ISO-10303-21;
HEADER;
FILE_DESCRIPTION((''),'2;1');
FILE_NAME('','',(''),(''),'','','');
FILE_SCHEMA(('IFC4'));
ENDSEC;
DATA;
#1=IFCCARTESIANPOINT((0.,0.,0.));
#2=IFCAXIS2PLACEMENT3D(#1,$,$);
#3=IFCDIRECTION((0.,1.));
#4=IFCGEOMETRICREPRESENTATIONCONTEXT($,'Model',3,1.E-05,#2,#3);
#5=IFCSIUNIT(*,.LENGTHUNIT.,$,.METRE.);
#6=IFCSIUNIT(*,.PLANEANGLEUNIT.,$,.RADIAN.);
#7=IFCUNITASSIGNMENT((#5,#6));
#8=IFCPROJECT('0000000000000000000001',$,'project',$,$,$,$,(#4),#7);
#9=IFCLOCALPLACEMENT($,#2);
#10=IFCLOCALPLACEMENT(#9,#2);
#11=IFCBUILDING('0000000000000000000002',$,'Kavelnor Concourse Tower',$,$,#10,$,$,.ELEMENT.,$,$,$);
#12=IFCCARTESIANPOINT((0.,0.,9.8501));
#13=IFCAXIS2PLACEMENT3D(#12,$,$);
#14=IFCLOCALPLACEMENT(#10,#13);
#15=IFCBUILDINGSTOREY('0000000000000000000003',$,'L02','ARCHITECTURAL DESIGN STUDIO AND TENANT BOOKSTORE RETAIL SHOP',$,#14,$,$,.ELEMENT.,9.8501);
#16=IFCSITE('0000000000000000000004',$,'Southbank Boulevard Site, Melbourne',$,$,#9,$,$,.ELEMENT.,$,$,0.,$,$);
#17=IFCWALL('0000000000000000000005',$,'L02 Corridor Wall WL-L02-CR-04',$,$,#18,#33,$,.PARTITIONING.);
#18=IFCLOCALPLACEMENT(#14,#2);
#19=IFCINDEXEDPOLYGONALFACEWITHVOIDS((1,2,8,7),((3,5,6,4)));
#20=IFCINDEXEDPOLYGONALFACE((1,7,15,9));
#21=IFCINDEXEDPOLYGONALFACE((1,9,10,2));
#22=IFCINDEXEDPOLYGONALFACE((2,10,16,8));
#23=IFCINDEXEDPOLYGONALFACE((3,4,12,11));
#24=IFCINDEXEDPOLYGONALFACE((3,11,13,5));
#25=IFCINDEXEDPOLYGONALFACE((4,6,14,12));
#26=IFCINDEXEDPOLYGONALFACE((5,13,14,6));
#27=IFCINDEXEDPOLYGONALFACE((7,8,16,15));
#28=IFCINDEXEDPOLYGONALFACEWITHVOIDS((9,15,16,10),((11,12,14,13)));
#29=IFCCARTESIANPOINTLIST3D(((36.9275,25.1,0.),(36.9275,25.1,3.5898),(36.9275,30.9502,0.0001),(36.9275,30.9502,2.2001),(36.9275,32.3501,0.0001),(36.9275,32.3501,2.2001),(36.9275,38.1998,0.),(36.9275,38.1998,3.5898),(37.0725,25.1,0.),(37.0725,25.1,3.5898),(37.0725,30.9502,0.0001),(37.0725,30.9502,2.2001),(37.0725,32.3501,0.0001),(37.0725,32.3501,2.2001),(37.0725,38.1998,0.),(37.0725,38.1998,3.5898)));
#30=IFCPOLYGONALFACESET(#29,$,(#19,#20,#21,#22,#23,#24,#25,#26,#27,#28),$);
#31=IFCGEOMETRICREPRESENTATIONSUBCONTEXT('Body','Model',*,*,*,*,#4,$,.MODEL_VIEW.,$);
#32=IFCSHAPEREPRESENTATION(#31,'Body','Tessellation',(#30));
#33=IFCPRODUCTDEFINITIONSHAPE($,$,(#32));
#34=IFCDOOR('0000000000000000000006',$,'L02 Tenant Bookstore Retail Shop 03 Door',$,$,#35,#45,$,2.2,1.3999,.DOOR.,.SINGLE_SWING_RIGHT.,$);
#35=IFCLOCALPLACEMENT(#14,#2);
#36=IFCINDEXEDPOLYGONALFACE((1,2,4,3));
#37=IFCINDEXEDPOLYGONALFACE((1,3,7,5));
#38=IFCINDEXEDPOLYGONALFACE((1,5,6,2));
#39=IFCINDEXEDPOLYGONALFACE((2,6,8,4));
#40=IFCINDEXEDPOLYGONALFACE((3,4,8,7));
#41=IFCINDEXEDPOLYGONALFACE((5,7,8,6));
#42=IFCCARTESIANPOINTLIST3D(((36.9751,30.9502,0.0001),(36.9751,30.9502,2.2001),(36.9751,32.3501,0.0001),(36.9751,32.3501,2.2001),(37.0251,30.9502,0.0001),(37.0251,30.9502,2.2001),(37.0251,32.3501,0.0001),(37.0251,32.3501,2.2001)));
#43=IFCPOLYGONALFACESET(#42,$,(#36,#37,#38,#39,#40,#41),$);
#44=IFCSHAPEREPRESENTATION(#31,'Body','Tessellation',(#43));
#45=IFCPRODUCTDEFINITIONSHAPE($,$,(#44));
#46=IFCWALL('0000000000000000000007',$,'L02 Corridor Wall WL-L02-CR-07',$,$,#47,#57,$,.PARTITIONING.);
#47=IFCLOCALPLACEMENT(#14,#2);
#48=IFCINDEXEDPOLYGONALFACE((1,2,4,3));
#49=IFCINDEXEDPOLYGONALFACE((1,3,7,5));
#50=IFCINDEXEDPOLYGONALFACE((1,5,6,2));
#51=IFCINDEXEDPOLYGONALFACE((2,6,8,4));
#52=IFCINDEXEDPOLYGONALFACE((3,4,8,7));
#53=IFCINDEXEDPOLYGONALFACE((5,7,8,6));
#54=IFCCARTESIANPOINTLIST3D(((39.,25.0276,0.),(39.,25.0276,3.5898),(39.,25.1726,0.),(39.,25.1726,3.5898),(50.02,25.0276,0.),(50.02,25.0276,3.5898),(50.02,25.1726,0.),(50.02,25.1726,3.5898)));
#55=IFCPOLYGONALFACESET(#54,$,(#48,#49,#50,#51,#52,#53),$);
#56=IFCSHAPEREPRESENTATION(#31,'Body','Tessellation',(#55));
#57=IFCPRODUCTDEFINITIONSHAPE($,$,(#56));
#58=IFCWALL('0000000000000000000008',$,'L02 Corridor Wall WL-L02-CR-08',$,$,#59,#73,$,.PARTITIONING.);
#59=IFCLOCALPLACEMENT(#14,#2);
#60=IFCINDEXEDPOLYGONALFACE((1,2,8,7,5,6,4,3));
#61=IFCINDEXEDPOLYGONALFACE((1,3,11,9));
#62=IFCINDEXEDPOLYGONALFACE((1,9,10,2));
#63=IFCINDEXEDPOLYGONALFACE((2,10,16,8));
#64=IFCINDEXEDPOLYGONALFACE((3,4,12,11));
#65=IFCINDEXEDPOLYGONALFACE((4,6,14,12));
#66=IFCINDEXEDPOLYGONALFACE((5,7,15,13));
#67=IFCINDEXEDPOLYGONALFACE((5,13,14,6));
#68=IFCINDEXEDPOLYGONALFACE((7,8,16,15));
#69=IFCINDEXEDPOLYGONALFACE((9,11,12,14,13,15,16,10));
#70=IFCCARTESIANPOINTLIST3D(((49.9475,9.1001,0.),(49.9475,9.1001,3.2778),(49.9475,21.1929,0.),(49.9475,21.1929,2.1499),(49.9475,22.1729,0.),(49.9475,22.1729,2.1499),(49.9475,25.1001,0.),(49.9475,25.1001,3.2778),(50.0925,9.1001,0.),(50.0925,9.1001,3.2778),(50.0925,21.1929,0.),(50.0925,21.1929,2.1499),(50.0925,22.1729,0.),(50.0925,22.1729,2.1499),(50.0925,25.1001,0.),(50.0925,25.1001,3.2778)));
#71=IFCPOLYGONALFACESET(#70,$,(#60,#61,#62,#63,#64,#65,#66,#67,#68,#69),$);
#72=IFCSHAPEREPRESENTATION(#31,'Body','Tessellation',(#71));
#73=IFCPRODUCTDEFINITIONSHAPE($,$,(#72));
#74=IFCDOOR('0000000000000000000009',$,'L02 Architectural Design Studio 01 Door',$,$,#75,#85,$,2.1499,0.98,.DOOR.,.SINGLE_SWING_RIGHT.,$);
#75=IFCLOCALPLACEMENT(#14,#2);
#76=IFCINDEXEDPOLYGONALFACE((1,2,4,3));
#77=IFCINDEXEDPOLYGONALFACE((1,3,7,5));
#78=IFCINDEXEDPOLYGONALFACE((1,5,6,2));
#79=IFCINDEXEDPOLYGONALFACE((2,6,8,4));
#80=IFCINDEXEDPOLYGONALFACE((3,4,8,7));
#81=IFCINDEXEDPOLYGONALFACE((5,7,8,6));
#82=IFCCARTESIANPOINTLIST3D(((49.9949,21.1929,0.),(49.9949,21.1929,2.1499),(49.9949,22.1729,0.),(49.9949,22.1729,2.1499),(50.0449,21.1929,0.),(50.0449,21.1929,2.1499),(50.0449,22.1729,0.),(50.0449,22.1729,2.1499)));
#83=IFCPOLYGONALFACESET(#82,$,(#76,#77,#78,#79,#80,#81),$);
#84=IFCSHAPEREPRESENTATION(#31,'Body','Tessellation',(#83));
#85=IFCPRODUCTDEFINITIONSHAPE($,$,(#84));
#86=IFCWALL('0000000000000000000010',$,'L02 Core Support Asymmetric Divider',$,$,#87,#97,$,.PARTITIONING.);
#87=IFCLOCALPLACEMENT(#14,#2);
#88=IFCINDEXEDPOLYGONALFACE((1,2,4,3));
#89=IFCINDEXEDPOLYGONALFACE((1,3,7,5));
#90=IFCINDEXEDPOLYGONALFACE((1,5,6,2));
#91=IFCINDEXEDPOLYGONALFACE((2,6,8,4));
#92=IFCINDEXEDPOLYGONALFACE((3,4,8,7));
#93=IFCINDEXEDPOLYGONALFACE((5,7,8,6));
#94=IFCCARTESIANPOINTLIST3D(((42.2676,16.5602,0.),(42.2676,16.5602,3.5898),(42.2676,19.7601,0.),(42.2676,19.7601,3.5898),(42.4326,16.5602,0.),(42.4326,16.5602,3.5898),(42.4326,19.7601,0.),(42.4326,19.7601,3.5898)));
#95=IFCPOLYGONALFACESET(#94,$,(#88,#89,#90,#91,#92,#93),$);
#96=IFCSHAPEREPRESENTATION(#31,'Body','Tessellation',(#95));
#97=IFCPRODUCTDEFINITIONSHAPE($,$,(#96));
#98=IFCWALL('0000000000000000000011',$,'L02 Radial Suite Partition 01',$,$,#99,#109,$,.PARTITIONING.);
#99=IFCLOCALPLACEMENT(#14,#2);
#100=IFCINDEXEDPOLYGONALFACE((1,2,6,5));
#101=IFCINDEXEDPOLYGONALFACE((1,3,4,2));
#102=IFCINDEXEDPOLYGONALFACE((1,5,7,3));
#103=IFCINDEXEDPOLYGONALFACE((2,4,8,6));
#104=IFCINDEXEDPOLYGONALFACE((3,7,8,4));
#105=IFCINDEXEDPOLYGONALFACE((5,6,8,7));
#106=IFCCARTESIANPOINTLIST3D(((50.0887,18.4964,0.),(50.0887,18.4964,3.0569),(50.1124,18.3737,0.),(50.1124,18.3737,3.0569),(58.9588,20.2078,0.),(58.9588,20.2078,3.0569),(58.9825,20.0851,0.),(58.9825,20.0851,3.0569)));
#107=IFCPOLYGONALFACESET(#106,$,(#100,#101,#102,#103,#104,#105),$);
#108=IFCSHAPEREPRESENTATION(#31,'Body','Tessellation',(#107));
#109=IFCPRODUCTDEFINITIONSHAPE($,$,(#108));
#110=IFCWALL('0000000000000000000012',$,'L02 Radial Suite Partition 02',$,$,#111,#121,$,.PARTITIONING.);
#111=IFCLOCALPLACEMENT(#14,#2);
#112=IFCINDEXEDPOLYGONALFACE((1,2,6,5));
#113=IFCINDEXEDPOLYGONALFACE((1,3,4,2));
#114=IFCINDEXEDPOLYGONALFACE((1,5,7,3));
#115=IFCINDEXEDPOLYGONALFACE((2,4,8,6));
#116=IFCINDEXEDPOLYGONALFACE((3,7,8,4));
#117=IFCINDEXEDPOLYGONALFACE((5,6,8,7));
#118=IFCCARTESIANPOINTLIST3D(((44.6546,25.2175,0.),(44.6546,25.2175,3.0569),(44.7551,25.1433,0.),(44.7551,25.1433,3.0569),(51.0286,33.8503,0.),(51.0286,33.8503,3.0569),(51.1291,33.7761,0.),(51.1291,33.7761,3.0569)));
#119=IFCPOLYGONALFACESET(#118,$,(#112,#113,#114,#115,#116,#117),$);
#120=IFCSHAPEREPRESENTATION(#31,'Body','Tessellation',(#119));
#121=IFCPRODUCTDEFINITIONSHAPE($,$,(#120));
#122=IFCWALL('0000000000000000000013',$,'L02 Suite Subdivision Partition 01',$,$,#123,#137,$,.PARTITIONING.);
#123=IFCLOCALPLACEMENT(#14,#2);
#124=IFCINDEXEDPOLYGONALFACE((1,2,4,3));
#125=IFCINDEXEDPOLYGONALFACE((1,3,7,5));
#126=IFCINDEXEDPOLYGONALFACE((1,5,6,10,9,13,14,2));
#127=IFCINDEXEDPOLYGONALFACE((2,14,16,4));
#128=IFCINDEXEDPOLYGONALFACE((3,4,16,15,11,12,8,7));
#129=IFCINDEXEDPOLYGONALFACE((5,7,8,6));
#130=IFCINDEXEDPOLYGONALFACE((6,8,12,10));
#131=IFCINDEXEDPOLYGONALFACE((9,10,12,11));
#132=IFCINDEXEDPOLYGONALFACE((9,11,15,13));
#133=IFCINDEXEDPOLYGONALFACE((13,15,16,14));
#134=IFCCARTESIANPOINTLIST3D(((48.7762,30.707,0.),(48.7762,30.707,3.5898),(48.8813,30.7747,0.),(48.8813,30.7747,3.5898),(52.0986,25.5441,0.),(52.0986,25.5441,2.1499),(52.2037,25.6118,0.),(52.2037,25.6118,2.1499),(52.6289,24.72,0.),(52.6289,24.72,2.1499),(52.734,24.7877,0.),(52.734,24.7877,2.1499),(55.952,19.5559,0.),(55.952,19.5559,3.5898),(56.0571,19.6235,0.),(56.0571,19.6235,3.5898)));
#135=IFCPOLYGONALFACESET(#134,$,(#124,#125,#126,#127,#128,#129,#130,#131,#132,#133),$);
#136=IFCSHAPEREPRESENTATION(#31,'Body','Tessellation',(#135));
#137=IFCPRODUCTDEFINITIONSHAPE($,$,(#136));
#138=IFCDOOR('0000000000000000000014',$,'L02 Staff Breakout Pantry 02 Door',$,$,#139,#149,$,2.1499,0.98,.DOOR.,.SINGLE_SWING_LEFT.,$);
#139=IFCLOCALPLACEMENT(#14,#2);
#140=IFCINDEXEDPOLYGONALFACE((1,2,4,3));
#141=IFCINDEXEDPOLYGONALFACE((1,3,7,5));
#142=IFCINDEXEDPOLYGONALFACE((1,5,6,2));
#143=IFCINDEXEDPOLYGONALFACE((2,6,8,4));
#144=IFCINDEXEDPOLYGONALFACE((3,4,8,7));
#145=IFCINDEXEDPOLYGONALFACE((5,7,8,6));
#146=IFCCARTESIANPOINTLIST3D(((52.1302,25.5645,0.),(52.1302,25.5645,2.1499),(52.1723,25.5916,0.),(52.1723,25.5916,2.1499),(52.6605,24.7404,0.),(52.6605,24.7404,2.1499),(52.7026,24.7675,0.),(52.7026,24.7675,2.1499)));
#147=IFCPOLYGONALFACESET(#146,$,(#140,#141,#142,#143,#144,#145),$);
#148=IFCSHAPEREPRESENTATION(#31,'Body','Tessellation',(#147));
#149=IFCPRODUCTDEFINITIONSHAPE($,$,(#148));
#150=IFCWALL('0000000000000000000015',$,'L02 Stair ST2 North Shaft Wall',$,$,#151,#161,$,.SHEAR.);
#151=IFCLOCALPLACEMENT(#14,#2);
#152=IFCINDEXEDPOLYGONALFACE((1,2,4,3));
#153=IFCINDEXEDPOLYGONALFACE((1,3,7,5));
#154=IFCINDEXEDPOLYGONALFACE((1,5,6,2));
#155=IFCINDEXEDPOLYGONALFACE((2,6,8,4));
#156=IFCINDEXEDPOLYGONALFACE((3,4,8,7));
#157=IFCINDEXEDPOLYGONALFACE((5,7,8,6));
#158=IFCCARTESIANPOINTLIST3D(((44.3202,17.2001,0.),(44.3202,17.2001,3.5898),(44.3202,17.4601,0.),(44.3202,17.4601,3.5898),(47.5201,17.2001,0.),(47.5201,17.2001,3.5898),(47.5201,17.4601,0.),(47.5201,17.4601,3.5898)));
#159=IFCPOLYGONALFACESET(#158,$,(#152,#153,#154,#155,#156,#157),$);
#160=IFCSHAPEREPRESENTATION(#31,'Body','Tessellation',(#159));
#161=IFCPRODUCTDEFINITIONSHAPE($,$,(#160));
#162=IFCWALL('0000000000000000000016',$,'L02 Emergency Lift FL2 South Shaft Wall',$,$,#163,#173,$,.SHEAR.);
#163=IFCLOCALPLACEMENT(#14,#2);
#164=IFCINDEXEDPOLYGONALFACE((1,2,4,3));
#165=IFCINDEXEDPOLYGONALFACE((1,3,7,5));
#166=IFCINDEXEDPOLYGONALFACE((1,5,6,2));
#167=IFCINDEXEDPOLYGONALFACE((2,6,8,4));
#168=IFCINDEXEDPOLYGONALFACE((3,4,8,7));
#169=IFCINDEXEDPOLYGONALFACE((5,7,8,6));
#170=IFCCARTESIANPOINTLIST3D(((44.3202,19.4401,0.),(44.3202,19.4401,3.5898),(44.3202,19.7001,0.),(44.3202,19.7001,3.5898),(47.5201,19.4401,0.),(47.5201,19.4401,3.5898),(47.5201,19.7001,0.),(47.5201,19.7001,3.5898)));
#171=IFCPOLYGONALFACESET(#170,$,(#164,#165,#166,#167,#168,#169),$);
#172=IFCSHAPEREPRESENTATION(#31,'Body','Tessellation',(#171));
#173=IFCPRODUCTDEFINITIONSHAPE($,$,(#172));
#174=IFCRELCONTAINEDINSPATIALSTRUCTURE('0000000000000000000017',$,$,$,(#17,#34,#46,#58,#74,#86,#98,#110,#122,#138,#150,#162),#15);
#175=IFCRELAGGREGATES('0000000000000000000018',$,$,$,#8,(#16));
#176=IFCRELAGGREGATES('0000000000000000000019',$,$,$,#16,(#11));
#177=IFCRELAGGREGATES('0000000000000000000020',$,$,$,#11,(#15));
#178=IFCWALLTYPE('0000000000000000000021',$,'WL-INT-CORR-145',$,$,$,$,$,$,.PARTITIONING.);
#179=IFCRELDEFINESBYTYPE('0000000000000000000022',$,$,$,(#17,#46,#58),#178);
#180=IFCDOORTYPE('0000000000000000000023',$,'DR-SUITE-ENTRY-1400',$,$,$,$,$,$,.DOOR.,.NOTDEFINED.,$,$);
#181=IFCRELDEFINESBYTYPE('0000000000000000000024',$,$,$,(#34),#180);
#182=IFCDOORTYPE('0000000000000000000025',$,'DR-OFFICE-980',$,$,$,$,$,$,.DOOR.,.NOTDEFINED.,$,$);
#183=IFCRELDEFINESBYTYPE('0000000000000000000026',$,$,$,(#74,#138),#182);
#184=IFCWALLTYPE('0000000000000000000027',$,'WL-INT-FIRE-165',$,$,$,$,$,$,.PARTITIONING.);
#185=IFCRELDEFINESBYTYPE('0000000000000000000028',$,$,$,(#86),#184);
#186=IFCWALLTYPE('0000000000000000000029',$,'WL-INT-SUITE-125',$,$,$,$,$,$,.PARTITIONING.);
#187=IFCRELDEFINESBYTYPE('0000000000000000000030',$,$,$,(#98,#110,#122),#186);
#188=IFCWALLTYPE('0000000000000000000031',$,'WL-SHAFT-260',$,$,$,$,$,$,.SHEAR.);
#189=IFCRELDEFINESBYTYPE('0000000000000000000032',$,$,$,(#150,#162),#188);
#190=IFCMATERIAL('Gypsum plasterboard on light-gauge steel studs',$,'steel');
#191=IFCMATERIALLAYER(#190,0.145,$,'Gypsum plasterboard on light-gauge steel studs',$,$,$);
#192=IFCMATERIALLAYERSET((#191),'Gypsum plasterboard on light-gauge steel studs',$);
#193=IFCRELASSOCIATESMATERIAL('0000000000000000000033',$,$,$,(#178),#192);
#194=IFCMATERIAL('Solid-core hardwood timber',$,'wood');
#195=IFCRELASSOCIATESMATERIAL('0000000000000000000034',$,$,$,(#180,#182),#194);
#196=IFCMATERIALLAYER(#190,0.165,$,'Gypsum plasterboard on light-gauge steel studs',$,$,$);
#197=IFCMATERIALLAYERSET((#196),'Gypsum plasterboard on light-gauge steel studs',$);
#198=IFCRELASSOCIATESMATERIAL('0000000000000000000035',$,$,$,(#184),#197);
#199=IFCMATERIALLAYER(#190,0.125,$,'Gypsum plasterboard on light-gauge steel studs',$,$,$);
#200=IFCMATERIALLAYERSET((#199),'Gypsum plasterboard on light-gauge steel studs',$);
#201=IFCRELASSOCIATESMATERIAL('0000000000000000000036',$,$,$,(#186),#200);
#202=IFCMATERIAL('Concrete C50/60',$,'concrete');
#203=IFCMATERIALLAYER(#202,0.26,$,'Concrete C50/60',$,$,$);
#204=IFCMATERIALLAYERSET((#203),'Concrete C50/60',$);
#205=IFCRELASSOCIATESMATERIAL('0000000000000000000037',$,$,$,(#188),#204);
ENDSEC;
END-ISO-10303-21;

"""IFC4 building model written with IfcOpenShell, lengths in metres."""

from ifc_helpers import new_model, si_unit, direction, frame, frame_2d, origin, place, context, subcontext, project, spatial, rectangle, extrude, material, layer, layer_set, type_object, element, fill, save


model = new_model("IFC4")

# Units and contexts
model_context = context("Model", 3, precision=1e-05, world=origin(), true_north=direction((0.0, 1.0)))
body_context = subcontext(model_context, "Body", "Model", "MODEL_VIEW")
ifc_project = project(units=[si_unit("LENGTHUNIT", "METRE"), si_unit("PLANEANGLEUNIT", "RADIAN")], contexts=[model_context])

# Site, building, storey
site_placement = place(None, origin())
site = spatial("IfcSite", under=ifc_project, at=site_placement, Name="Southbank Boulevard Site, Melbourne", CompositionType="ELEMENT", RefElevation=0.0)
building_placement = place(site_placement, origin())
building = spatial("IfcBuilding", under=site, at=building_placement, Name="Kavelnor Concourse Tower", CompositionType="ELEMENT")
storey_placement = place(building_placement, frame((0.0, 0.0, 9.8501)))
storey = spatial("IfcBuildingStorey", under=building, at=storey_placement, Name="L02", Description="ARCHITECTURAL DESIGN STUDIO AND TENANT BOOKSTORE RETAIL SHOP", CompositionType="ELEMENT", Elevation=9.8501)

# Wall, opening, door
ifc_material_1 = material(Name="Gypsum plasterboard on light-gauge steel studs", Category="steel")
ifc_layer_1 = layer(ifc_material_1, 0.145, Name="Gypsum plasterboard on light-gauge steel studs")
ifc_layer_set_1 = layer_set([ifc_layer_1], Name="Gypsum plasterboard on light-gauge steel studs")
wall_type_1 = type_object("IfcWallType", Name="WL-INT-CORR-145", PredefinedType="PARTITIONING", material=ifc_layer_set_1)
wall_1_placement = place(storey_placement, frame((37.0, 25.1001, 0.0), z_axis=(0.0, 0.0, 1.0), x_axis=(0.0, 1.0, 0.0)))
wall_1 = element("IfcWall", 1, at=wall_1_placement, inside=storey, type_object=wall_type_1, Name="L02 Corridor Wall WL-L02-CR-04", PredefinedType="PARTITIONING", context=body_context, shape_type="SweptSolid", body=[
    extrude(rectangle(XDim=13.0999, YDim=0.145, at=frame_2d((6.5498, 0.0))), origin(), (0.0, 0.0, 1.0), 3.5898),
])
opening_1_placement = place(wall_1_placement, frame((5.8501, 0.0, 0.0)))
opening_1 = element("IfcOpeningElement", 2, at=opening_1_placement, cuts=wall_1, PredefinedType="OPENING", context=body_context, shape_type="SweptSolid", body=[
    extrude(rectangle(XDim=1.3999, YDim=2.2, at=frame_2d((0.7, 1.1001))), frame((0.0, 0.0825, 0.0), z_axis=(0.0, -1.0, 0.0), x_axis=(1.0, 0.0, 0.0)), (0.0, 0.0, 1.0), 0.165),
])
ifc_material_2 = material(Name="Solid-core hardwood timber", Category="wood")
door_type_1 = type_object("IfcDoorType", Name="DR-SUITE-ENTRY-1400", OperationType="NOTDEFINED", PredefinedType="DOOR", material=ifc_material_2)
door_1_placement = place(opening_1_placement, origin())
door_1 = element("IfcDoor", 3, at=door_1_placement, inside=storey, type_object=door_type_1, Name="L02 Tenant Bookstore Retail Shop 03 Door", OperationType="SINGLE_SWING_RIGHT", OverallHeight=2.2, OverallWidth=1.3999, PredefinedType="DOOR", context=body_context, shape_type="SweptSolid", body=[
    extrude(rectangle(XDim=1.3999, YDim=2.2, at=frame_2d((0.7, 1.1001))), frame((0.0, 0.0249, 0.0), z_axis=(0.0, -1.0, 0.0), x_axis=(1.0, 0.0, 0.0)), (0.0, 0.0, 1.0), 0.05),
])
fill(opening_1, door_1)

# Wall
wall_2_placement = place(storey_placement, frame((39.0, 25.1001, 0.0), z_axis=(0.0, 0.0, 1.0), x_axis=(1.0, 0.0, 0.0)))
element("IfcWall", 4, at=wall_2_placement, inside=storey, type_object=wall_type_1, Name="L02 Corridor Wall WL-L02-CR-07", PredefinedType="PARTITIONING", context=body_context, shape_type="SweptSolid", body=[
    extrude(rectangle(XDim=11.02, YDim=0.145, at=frame_2d((5.51, 0.0))), origin(), (0.0, 0.0, 1.0), 3.5898),
])

# Wall, opening, door
wall_3_placement = place(storey_placement, frame((50.02, 25.1001, 0.0), z_axis=(0.0, 0.0, 1.0), x_axis=(0.0, -1.0, 0.0)))
wall_3 = element("IfcWall", 5, at=wall_3_placement, inside=storey, type_object=wall_type_1, Name="L02 Corridor Wall WL-L02-CR-08", PredefinedType="PARTITIONING", context=body_context, shape_type="SweptSolid", body=[
    extrude(rectangle(XDim=16.0, YDim=0.145, at=frame_2d((8.0, 0.0))), origin(), (0.0, 0.0, 1.0), 3.2778),
])
opening_2_placement = place(wall_3_placement, frame((2.9272, 0.0, 0.0)))
opening_2 = element("IfcOpeningElement", 6, at=opening_2_placement, cuts=wall_3, PredefinedType="OPENING", context=body_context, shape_type="SweptSolid", body=[
    extrude(rectangle(XDim=0.98, YDim=2.1499, at=frame_2d((0.49, 1.075))), frame((0.0, 0.0825, 0.0), z_axis=(0.0, -1.0, 0.0), x_axis=(1.0, 0.0, 0.0)), (0.0, 0.0, 1.0), 0.165),
])
door_type_2 = type_object("IfcDoorType", Name="DR-OFFICE-980", OperationType="NOTDEFINED", PredefinedType="DOOR", material=ifc_material_2)
door_2_placement = place(opening_2_placement, origin())
door_2 = element("IfcDoor", 7, at=door_2_placement, inside=storey, type_object=door_type_2, Name="L02 Architectural Design Studio 01 Door", OperationType="SINGLE_SWING_RIGHT", OverallHeight=2.1499, OverallWidth=0.98, PredefinedType="DOOR", context=body_context, shape_type="SweptSolid", body=[
    extrude(rectangle(XDim=0.98, YDim=2.1499, at=frame_2d((0.49, 1.075))), frame((0.0, 0.0249, 0.0), z_axis=(0.0, -1.0, 0.0), x_axis=(1.0, 0.0, 0.0)), (0.0, 0.0, 1.0), 0.05),
])
fill(opening_2, door_2)

# Walls
ifc_layer_2 = layer(ifc_material_1, 0.165, Name="Gypsum plasterboard on light-gauge steel studs")
ifc_layer_set_2 = layer_set([ifc_layer_2], Name="Gypsum plasterboard on light-gauge steel studs")
wall_type_2 = type_object("IfcWallType", Name="WL-INT-FIRE-165", PredefinedType="PARTITIONING", material=ifc_layer_set_2)
wall_4_placement = place(storey_placement, frame((42.3501, 16.5601, 0.0), z_axis=(0.0, 0.0, 1.0), x_axis=(0.0, 1.0, 0.0)))
element("IfcWall", 8, at=wall_4_placement, inside=storey, type_object=wall_type_2, Name="L02 Core Support Asymmetric Divider", PredefinedType="PARTITIONING", context=body_context, shape_type="SweptSolid", body=[
    extrude(rectangle(XDim=3.2, YDim=0.165, at=frame_2d((1.6001, 0.0))), origin(), (0.0, 0.0, 1.0), 3.5898),
])
ifc_layer_3 = layer(ifc_material_1, 0.125, Name="Gypsum plasterboard on light-gauge steel studs")
ifc_layer_set_3 = layer_set([ifc_layer_3], Name="Gypsum plasterboard on light-gauge steel studs")
wall_type_3 = type_object("IfcWallType", Name="WL-INT-SUITE-125", PredefinedType="PARTITIONING", material=ifc_layer_set_3)
wall_5_placement = place(storey_placement, frame((50.1006, 18.4351, 0.0), z_axis=(0.0, 0.0, 1.0), x_axis=(0.981891, 0.189449, 0.0)))
element("IfcWall", 9, at=wall_5_placement, inside=storey, type_object=wall_type_3, Name="L02 Radial Suite Partition 01", PredefinedType="PARTITIONING", context=body_context, shape_type="SweptSolid", body=[
    extrude(rectangle(XDim=9.0337, YDim=0.125, at=frame_2d((4.5168, 0.0))), origin(), (0.0, 0.0, 1.0), 3.0569),
])
wall_6_placement = place(storey_placement, frame((44.7048, 25.1804, 0.0), z_axis=(0.0, 0.0, 1.0), x_axis=(0.593984, 0.804477, 0.0)))
element("IfcWall", 10, at=wall_6_placement, inside=storey, type_object=wall_type_3, Name="L02 Radial Suite Partition 02", PredefinedType="PARTITIONING", context=body_context, shape_type="SweptSolid", body=[
    extrude(rectangle(XDim=10.731, YDim=0.125, at=frame_2d((5.3655, 0.0))), origin(), (0.0, 0.0, 1.0), 3.0569),
])

# Wall, opening, door
wall_7_placement = place(storey_placement, frame((56.0046, 19.5896, 0.0), z_axis=(0.0, 0.0, 1.0), x_axis=(-0.541142, 0.840931, 0.0)))
wall_7 = element("IfcWall", 11, at=wall_7_placement, inside=storey, type_object=wall_type_3, Name="L02 Suite Subdivision Partition 01", PredefinedType="PARTITIONING", context=body_context, shape_type="SweptSolid", body=[
    extrude(rectangle(XDim=13.2605, YDim=0.125, at=frame_2d((6.6304, 0.0))), origin(), (0.0, 0.0, 1.0), 3.5898),
])
opening_3_placement = place(wall_7_placement, frame((6.1411, 0.0, 0.0)))
opening_3 = element("IfcOpeningElement", 12, at=opening_3_placement, cuts=wall_7, PredefinedType="OPENING", context=body_context, shape_type="SweptSolid", body=[
    extrude(rectangle(XDim=0.98, YDim=2.1499, at=frame_2d((0.49, 1.075))), frame((0.0, 0.0725, 0.0), z_axis=(0.0, -1.0, 0.0), x_axis=(1.0, 0.0, 0.0)), (0.0, 0.0, 1.0), 0.145),
])
door_3_placement = place(opening_3_placement, origin())
door_3 = element("IfcDoor", 13, at=door_3_placement, inside=storey, type_object=door_type_2, Name="L02 Staff Breakout Pantry 02 Door", OperationType="SINGLE_SWING_LEFT", OverallHeight=2.1499, OverallWidth=0.98, PredefinedType="DOOR", context=body_context, shape_type="SweptSolid", body=[
    extrude(rectangle(XDim=0.98, YDim=2.1499, at=frame_2d((0.49, 1.075))), frame((0.0, 0.0249, 0.0), z_axis=(0.0, -1.0, 0.0), x_axis=(1.0, 0.0, 0.0)), (0.0, 0.0, 1.0), 0.05),
])
fill(opening_3, door_3)

# Walls
ifc_material_3 = material(Name="Concrete C50/60", Category="concrete")
ifc_layer_4 = layer(ifc_material_3, 0.26, Name="Concrete C50/60")
ifc_layer_set_4 = layer_set([ifc_layer_4], Name="Concrete C50/60")
wall_type_4 = type_object("IfcWallType", Name="WL-SHAFT-260", PredefinedType="SHEAR", material=ifc_layer_set_4)
for number, where, z_axis, x_axis, name in (
    (14, (44.3201, 17.3301, 0.0), (0.0, 0.0, 1.0), (1.0, 0.0, 0.0), "L02 Stair ST2 North Shaft Wall"),
    (15, (44.3201, 19.5701, 0.0), (0.0, 0.0, 1.0), (1.0, 0.0, 0.0), "L02 Emergency Lift FL2 South Shaft Wall"),
):
    element("IfcWall", number, at=place(storey_placement, frame(where, z_axis=z_axis, x_axis=x_axis)), inside=storey, type_object=wall_type_4, Name=name, PredefinedType="SHEAR", context=body_context, shape_type="SweptSolid", body=[
        extrude(rectangle(XDim=3.2, YDim=0.26, at=frame_2d((1.6001, 0.0))), origin(), (0.0, 0.0, 1.0), 3.5898),
    ])

save(model, "model.ifc")
